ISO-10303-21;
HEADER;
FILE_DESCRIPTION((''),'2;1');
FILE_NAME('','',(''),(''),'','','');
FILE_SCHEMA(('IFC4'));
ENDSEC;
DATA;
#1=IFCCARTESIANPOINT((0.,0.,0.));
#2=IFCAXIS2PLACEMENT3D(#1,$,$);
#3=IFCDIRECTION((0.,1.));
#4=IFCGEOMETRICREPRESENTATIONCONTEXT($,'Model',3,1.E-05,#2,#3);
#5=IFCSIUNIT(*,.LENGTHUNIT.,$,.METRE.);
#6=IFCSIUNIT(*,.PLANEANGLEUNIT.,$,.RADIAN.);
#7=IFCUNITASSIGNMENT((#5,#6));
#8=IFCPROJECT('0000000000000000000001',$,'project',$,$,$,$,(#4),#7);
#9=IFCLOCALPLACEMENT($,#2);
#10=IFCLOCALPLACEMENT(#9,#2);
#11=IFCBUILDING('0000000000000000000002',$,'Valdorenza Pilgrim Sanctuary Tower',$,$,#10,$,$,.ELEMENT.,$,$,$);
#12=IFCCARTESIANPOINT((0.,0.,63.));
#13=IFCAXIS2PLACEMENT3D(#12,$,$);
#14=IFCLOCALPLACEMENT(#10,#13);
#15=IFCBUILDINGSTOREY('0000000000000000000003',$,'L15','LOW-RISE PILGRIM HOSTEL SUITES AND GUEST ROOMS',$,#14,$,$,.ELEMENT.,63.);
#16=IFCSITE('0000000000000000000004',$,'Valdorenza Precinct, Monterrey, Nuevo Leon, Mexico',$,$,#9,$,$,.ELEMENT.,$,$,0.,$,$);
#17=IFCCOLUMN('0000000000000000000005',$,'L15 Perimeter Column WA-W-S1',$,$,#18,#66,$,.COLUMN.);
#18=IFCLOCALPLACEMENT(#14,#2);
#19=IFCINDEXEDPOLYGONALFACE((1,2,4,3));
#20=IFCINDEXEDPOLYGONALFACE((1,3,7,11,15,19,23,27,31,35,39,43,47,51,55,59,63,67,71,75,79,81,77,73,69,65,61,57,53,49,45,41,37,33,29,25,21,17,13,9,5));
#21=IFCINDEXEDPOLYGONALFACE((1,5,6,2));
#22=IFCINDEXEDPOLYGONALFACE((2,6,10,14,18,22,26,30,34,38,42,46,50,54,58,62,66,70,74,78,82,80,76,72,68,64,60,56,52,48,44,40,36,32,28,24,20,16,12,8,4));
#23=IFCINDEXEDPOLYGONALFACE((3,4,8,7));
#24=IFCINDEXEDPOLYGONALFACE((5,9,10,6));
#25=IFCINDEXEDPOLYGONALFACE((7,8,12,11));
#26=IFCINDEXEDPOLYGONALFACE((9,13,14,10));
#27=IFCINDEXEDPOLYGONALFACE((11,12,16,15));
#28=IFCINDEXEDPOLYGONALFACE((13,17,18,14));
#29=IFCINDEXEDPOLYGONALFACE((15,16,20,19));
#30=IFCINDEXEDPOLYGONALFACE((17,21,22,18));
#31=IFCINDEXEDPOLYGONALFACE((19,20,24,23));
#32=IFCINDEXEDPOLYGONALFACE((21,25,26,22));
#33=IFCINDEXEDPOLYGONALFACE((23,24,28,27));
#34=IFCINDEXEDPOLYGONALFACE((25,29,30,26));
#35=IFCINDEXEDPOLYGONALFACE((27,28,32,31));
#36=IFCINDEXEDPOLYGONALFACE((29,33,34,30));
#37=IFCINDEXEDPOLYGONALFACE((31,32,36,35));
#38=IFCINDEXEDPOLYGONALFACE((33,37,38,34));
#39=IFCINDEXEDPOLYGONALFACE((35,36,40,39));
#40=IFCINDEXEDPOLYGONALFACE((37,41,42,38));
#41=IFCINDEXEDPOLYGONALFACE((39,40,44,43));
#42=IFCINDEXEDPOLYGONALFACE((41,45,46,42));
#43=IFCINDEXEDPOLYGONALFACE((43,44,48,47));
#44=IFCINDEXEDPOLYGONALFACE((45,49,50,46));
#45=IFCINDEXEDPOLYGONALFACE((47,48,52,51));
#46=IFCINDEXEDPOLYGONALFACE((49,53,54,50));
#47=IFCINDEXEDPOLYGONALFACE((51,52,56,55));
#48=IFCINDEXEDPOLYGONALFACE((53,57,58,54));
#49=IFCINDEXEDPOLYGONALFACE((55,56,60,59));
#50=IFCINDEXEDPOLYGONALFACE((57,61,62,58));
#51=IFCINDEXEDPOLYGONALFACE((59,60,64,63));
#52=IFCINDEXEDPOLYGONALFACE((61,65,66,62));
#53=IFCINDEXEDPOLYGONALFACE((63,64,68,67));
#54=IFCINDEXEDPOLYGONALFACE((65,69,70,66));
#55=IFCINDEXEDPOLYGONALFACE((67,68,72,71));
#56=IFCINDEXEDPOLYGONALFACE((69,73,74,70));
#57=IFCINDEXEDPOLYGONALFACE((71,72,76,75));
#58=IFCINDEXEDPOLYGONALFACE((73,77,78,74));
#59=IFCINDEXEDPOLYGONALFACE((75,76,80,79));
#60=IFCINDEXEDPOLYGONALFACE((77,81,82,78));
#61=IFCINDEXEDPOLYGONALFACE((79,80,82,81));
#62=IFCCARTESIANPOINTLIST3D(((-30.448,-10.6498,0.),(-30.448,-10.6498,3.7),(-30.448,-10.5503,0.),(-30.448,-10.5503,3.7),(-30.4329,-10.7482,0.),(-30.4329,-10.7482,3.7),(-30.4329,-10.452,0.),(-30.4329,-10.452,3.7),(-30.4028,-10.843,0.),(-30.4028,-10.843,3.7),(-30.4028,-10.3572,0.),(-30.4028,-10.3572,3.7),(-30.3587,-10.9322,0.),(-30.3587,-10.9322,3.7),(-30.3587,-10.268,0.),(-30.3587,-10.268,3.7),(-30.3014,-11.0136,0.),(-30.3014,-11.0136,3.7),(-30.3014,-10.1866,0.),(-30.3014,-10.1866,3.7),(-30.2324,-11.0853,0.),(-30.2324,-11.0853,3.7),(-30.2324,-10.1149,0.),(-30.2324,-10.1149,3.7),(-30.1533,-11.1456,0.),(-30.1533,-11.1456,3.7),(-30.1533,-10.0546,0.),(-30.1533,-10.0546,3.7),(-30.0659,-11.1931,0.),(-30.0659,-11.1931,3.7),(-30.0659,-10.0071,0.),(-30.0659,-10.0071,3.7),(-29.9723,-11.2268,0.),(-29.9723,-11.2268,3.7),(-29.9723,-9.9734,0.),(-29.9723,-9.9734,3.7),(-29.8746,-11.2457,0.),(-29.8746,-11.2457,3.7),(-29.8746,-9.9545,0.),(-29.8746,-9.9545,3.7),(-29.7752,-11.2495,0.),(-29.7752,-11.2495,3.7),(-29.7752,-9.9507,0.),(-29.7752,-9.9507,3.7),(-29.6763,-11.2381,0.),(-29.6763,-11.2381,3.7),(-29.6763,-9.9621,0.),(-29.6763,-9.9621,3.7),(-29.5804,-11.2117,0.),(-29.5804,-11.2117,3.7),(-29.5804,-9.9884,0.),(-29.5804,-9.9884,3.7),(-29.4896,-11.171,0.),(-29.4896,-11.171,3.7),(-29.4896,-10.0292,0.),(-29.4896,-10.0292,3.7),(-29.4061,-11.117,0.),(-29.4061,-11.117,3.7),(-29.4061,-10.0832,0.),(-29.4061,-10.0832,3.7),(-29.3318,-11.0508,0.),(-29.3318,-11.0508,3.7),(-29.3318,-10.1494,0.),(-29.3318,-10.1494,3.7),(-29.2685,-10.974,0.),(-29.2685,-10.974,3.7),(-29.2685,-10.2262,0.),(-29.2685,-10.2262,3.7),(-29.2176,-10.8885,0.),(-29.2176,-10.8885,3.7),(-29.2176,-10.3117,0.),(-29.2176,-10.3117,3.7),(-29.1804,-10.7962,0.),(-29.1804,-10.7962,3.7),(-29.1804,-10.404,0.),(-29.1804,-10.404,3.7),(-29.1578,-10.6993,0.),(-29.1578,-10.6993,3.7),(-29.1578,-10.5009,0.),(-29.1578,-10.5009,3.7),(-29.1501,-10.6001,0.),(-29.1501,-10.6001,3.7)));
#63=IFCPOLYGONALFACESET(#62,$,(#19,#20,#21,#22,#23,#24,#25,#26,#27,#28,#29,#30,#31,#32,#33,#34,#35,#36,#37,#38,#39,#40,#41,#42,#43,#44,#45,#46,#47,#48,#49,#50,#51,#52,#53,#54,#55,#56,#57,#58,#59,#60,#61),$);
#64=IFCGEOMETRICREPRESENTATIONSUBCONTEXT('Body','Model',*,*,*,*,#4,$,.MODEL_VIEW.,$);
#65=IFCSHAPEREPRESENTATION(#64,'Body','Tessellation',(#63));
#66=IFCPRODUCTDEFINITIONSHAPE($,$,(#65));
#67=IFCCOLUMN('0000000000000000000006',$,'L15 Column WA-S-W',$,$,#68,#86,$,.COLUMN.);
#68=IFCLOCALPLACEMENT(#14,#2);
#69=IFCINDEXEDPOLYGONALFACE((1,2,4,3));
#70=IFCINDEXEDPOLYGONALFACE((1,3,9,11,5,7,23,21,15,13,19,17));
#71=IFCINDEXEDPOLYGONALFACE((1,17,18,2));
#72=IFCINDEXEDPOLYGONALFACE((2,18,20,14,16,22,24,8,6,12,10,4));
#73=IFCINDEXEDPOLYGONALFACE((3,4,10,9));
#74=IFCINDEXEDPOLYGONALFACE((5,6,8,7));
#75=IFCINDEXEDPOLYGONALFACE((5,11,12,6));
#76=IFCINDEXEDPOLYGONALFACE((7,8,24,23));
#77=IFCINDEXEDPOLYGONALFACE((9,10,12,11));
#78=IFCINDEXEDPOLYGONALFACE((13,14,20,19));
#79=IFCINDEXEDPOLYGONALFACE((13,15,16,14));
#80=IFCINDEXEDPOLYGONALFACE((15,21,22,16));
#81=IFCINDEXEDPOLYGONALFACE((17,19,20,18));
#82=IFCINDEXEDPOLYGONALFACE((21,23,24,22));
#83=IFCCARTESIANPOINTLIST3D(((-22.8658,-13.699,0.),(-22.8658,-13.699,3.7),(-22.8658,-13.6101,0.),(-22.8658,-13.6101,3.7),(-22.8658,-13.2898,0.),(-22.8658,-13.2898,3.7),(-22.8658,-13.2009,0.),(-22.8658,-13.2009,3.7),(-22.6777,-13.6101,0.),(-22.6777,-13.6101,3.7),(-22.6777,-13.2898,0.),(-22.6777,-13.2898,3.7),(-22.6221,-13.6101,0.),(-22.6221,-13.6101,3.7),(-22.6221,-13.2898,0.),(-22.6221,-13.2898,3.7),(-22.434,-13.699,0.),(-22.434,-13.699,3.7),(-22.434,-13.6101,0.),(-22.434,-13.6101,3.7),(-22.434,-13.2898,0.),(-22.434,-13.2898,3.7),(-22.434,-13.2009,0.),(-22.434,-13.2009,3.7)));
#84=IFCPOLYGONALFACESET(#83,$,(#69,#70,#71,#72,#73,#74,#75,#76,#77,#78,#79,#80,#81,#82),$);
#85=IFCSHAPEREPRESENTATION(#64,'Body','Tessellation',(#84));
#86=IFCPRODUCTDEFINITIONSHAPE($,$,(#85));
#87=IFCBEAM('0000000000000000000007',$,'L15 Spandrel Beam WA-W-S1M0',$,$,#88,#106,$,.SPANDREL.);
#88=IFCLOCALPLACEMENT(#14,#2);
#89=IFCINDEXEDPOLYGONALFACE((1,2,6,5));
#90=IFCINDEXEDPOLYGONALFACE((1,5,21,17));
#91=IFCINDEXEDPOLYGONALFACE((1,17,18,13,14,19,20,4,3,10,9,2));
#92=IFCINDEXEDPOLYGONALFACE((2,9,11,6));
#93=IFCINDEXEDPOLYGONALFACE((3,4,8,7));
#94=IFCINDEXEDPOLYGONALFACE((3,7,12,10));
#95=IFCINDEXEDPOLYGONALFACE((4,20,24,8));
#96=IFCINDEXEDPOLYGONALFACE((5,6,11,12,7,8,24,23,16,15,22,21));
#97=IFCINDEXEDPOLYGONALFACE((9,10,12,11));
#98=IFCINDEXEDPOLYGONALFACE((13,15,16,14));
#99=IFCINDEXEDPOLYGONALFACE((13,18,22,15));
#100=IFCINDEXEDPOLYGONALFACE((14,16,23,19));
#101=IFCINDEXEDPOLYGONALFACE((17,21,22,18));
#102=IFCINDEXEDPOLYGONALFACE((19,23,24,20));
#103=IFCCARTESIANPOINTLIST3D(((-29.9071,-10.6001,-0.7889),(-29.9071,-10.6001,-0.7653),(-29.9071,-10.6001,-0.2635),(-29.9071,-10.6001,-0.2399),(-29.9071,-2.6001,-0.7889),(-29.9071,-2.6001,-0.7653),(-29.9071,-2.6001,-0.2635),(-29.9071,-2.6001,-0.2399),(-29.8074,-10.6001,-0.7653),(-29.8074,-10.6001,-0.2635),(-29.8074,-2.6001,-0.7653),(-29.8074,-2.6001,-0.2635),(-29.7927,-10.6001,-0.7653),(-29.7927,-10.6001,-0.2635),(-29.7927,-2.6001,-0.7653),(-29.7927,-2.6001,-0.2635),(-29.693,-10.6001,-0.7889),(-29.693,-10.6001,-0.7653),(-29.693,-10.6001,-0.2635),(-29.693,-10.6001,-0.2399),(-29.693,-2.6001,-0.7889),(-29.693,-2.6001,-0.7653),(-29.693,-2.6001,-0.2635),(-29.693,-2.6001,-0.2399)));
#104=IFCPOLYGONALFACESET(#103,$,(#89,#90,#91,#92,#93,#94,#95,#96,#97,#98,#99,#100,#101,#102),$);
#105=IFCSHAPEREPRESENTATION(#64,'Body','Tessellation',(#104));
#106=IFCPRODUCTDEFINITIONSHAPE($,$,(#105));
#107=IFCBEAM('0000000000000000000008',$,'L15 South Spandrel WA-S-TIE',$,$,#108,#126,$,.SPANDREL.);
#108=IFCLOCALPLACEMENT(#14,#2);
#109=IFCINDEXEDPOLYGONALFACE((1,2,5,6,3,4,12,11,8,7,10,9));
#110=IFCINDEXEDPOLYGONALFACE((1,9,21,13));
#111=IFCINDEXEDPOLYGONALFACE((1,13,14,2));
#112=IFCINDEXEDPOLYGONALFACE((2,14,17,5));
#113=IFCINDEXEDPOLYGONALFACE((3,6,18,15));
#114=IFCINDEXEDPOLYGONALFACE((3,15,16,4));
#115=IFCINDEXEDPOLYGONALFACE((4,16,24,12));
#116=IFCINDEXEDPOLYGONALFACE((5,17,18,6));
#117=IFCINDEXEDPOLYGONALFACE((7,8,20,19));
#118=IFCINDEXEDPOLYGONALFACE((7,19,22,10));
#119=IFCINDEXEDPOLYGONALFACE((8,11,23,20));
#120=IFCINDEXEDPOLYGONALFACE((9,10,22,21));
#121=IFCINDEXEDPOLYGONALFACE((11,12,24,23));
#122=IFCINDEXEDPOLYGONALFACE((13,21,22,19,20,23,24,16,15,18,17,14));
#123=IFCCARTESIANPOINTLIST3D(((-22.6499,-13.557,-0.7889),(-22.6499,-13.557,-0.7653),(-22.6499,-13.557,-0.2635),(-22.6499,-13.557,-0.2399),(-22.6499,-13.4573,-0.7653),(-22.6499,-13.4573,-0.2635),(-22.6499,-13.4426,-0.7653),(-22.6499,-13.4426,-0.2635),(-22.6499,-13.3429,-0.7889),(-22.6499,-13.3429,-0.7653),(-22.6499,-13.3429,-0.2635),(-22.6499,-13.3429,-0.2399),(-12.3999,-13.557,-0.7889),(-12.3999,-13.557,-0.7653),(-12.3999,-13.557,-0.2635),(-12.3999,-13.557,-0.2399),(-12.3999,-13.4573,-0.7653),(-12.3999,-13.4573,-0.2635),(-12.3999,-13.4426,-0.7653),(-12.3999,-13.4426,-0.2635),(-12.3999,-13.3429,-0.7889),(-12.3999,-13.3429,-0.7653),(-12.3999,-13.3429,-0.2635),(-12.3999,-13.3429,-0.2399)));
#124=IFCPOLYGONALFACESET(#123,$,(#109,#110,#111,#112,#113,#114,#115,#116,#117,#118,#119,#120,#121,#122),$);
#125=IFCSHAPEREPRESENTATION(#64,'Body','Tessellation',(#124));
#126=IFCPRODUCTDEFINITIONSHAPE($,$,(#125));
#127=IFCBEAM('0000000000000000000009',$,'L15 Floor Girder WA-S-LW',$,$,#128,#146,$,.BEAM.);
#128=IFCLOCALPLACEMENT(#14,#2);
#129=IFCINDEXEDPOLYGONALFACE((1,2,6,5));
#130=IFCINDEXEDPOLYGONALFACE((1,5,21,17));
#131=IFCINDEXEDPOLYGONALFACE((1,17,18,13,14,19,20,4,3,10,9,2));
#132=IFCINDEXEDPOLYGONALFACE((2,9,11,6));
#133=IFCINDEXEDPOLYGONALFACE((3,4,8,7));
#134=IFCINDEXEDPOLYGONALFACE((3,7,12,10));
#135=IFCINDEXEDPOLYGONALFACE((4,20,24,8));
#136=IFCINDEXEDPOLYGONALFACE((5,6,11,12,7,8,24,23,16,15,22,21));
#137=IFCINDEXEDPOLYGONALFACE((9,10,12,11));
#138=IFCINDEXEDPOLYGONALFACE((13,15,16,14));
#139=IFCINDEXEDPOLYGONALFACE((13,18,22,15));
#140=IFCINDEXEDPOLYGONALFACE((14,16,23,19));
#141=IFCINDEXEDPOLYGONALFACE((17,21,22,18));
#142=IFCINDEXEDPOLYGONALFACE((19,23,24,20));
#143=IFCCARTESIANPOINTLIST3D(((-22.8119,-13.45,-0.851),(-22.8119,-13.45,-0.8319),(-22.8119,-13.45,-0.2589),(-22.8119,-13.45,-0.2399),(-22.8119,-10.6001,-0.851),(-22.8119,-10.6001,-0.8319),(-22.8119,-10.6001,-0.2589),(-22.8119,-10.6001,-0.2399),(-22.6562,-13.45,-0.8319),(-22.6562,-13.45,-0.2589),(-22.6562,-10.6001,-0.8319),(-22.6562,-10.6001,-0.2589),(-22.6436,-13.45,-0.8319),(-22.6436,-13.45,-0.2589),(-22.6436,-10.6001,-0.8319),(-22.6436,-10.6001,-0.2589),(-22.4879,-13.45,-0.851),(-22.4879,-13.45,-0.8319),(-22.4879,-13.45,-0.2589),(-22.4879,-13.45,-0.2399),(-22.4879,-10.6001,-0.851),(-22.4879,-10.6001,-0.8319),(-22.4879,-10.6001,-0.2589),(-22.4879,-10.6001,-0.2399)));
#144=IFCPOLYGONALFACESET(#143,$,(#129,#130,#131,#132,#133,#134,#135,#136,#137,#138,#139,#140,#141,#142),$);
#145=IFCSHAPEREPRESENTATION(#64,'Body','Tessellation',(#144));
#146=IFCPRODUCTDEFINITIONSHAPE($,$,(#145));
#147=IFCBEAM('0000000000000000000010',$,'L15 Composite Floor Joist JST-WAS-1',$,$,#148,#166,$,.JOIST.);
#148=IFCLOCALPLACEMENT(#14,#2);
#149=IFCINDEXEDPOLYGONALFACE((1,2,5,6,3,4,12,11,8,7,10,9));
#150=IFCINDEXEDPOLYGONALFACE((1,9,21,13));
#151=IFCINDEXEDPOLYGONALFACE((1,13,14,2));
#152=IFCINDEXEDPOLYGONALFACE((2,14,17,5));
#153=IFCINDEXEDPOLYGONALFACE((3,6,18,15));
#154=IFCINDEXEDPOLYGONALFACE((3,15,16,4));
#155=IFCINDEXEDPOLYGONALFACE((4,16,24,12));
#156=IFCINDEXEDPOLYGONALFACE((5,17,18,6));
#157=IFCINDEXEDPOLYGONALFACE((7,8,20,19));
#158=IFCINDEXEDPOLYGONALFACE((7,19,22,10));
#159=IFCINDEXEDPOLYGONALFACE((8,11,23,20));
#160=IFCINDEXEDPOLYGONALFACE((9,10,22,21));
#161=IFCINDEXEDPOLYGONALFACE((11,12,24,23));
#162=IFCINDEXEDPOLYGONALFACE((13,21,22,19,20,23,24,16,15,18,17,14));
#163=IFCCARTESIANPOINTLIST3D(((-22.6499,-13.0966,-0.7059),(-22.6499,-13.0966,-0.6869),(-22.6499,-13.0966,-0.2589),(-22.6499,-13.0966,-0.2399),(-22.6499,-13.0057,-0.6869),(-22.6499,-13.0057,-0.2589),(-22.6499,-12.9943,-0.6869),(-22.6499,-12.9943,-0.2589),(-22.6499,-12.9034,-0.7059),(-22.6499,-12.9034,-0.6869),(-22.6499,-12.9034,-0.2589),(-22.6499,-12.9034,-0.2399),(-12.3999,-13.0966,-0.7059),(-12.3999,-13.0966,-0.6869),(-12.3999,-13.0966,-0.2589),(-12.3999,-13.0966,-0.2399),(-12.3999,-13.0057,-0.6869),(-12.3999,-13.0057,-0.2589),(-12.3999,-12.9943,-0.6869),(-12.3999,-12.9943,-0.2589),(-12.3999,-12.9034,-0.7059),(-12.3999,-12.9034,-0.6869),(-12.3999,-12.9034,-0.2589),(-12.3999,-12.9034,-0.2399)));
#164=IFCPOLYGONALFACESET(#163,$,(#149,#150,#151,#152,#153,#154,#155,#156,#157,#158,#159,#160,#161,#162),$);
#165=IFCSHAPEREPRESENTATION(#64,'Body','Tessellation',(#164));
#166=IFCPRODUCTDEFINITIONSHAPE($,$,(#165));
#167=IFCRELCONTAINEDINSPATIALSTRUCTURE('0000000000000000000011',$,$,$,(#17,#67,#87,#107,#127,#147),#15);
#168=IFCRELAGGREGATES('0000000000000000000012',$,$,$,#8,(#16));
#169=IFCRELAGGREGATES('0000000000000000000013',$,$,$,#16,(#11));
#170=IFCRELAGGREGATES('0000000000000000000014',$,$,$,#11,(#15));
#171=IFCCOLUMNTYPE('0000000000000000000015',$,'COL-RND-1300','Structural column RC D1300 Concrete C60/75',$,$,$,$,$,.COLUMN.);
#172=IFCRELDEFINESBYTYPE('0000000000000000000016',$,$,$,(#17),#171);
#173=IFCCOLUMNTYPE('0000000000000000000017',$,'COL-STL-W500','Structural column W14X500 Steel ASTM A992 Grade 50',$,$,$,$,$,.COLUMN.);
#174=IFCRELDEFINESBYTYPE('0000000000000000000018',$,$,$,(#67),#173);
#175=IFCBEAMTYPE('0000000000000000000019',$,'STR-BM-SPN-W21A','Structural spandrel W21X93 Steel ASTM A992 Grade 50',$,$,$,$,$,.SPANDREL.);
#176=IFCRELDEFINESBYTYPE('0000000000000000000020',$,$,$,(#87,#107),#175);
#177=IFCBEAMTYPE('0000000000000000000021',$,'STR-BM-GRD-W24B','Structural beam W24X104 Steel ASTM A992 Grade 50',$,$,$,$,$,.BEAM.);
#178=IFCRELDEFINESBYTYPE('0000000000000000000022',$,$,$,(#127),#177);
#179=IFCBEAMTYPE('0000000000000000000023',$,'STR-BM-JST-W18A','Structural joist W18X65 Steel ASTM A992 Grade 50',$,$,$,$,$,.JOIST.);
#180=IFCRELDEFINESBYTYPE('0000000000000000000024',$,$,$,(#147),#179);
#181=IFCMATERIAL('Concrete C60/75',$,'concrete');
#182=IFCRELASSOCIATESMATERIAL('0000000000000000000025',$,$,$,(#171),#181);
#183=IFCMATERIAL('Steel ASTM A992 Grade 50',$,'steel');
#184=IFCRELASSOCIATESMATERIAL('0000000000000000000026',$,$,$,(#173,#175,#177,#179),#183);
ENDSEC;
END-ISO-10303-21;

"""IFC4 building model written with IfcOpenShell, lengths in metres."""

from ifc_helpers import new_model, si_unit, direction, frame, origin, origin_2d, place, context, subcontext, project, spatial, circle, i_section, extrude, source, transform, mapped, material, material_profile, profile_set, type_object, element, save


model = new_model("IFC4")

# Units and contexts
model_context = context("Model", 3, precision=1e-05, world=origin(), true_north=direction((0.0, 1.0)))
body_context = subcontext(model_context, "Body", "Model", "MODEL_VIEW")
ifc_project = project(units=[si_unit("LENGTHUNIT", "METRE"), si_unit("PLANEANGLEUNIT", "RADIAN")], contexts=[model_context])

# Site, building, storey
site_placement = place(None, origin())
site = spatial("IfcSite", under=ifc_project, at=site_placement, Name="Valdorenza Precinct, Monterrey, Nuevo Leon, Mexico", CompositionType="ELEMENT", RefElevation=0.0)
building_placement = place(site_placement, origin())
building = spatial("IfcBuilding", under=site, at=building_placement, Name="Valdorenza Pilgrim Sanctuary Tower", CompositionType="ELEMENT")
storey_placement = place(building_placement, frame((0.0, 0.0, 63.0)))
storey = spatial("IfcBuildingStorey", under=building, at=storey_placement, Name="L15", Description="LOW-RISE PILGRIM HOSTEL SUITES AND GUEST ROOMS", CompositionType="ELEMENT", Elevation=63.0)

# Columns
ifc_material_1 = material(Name="Concrete C60/75", Category="concrete")
ifc_material_profile_1 = material_profile(ifc_material_1, circle(Radius=0.6499, at=origin_2d()), Name="RC D1300")
ifc_profile_set_1 = profile_set([ifc_material_profile_1], Name="Concrete C60/75")
column_type_1 = type_object("IfcColumnType", Name="COL-RND-1300", Description="Structural column RC D1300 Concrete C60/75", PredefinedType="COLUMN", material=ifc_profile_set_1)
shared_shape_1 = source(origin(), body_context, "Body", "SweptSolid", [
    extrude(circle(Radius=0.6499, at=origin_2d()), origin(), (0.0, 0.0, 1.0), 3.7),
])
column_1_placement = place(storey_placement, frame((-29.8, -10.6001, 0.0), z_axis=(0.0, 0.0, 1.0), x_axis=(1.0, 0.0, 0.0)))
element("IfcColumn", 1, at=column_1_placement, inside=storey, type_object=column_type_1, Name="L15 Perimeter Column WA-W-S1", PredefinedType="COLUMN", context=body_context, shape_type="MappedRepresentation", body=[
    mapped(shared_shape_1, transform((0.0, 0.0, 0.0), x_axis=(1.0, 0.0, 0.0), y_axis=(0.0, 1.0, 0.0), z_axis=(0.0, 0.0, 1.0), scale=1.0)),
])
ifc_material_2 = material(Name="Steel ASTM A992 Grade 50", Category="steel")
ifc_material_profile_2 = material_profile(ifc_material_2, i_section(OverallWidth=0.4319, OverallDepth=0.498, WebThickness=0.0557, FlangeThickness=0.0889, at=origin_2d()), Name="W14X500")
ifc_profile_set_2 = profile_set([ifc_material_profile_2], Name="Steel ASTM A992 Grade 50")
column_type_2 = type_object("IfcColumnType", Name="COL-STL-W500", Description="Structural column W14X500 Steel ASTM A992 Grade 50", PredefinedType="COLUMN", material=ifc_profile_set_2)
shared_shape_2 = source(origin(), body_context, "Body", "SweptSolid", [
    extrude(i_section(OverallWidth=0.4319, OverallDepth=0.498, WebThickness=0.0557, FlangeThickness=0.0889, at=origin_2d()), origin(), (0.0, 0.0, 1.0), 3.7),
])
column_2_placement = place(storey_placement, frame((-22.6499, -13.45, 0.0), z_axis=(0.0, 0.0, 1.0), x_axis=(1.0, 0.0, 0.0)))
element("IfcColumn", 2, at=column_2_placement, inside=storey, type_object=column_type_2, Name="L15 Column WA-S-W", PredefinedType="COLUMN", context=body_context, shape_type="MappedRepresentation", body=[
    mapped(shared_shape_2, transform((0.0, 0.0, 0.0), x_axis=(1.0, 0.0, 0.0), y_axis=(0.0, 1.0, 0.0), z_axis=(0.0, 0.0, 1.0), scale=1.0)),
])

# Beams
ifc_material_profile_3 = material_profile(ifc_material_2, i_section(OverallWidth=0.2141, OverallDepth=0.5491, WebThickness=0.0146, FlangeThickness=0.0237, at=origin_2d()), Name="W21X93")
ifc_profile_set_3 = profile_set([ifc_material_profile_3], Name="Steel ASTM A992 Grade 50")
beam_type_1 = type_object("IfcBeamType", Name="STR-BM-SPN-W21A", Description="Structural spandrel W21X93 Steel ASTM A992 Grade 50", PredefinedType="SPANDREL", material=ifc_profile_set_3)
shared_shape_3 = source(origin(), body_context, "Body", "SweptSolid", [
    extrude(i_section(OverallWidth=0.2141, OverallDepth=0.5491, WebThickness=0.0146, FlangeThickness=0.0237, at=origin_2d()), origin(), (0.0, 0.0, 1.0), 8.0),
])
beam_1_placement = place(storey_placement, frame((-29.8, -10.6001, -0.5144), z_axis=(0.0, 1.0, 0.0), x_axis=(-1.0, 0.0, 0.0)))
element("IfcBeam", 3, at=beam_1_placement, inside=storey, type_object=beam_type_1, Name="L15 Spandrel Beam WA-W-S1M0", PredefinedType="SPANDREL", context=body_context, shape_type="MappedRepresentation", body=[
    mapped(shared_shape_3, transform((0.0, 0.0, 0.0), x_axis=(1.0, 0.0, 0.0), y_axis=(0.0, 1.0, 0.0), z_axis=(0.0, 0.0, 1.0), scale=1.0)),
])
shared_shape_4 = source(origin(), body_context, "Body", "SweptSolid", [
    extrude(i_section(OverallWidth=0.2141, OverallDepth=0.5491, WebThickness=0.0146, FlangeThickness=0.0237, at=origin_2d()), origin(), (0.0, 0.0, 1.0), 10.25),
])
beam_2_placement = place(storey_placement, frame((-22.6499, -13.45, -0.5144), z_axis=(1.0, 0.0, 0.0), x_axis=(0.0, 1.0, 0.0)))
element("IfcBeam", 4, at=beam_2_placement, inside=storey, type_object=beam_type_1, Name="L15 South Spandrel WA-S-TIE", PredefinedType="SPANDREL", context=body_context, shape_type="MappedRepresentation", body=[
    mapped(shared_shape_4, transform((0.0, 0.0, 0.0), x_axis=(1.0, 0.0, 0.0), y_axis=(0.0, 1.0, 0.0), z_axis=(0.0, 0.0, 1.0), scale=1.0)),
])
ifc_material_profile_4 = material_profile(ifc_material_2, i_section(OverallWidth=0.324, OverallDepth=0.6111, WebThickness=0.0127, FlangeThickness=0.019, at=origin_2d()), Name="W24X104")
ifc_profile_set_4 = profile_set([ifc_material_profile_4], Name="Steel ASTM A992 Grade 50")
beam_type_2 = type_object("IfcBeamType", Name="STR-BM-GRD-W24B", Description="Structural beam W24X104 Steel ASTM A992 Grade 50", PredefinedType="BEAM", material=ifc_profile_set_4)
shared_shape_5 = source(origin(), body_context, "Body", "SweptSolid", [
    extrude(i_section(OverallWidth=0.324, OverallDepth=0.6111, WebThickness=0.0127, FlangeThickness=0.019, at=origin_2d()), origin(), (0.0, 0.0, 1.0), 2.8499),
])
beam_3_placement = place(storey_placement, frame((-22.6499, -13.45, -0.5454), z_axis=(0.0, 1.0, 0.0), x_axis=(-1.0, 0.0, 0.0)))
element("IfcBeam", 5, at=beam_3_placement, inside=storey, type_object=beam_type_2, Name="L15 Floor Girder WA-S-LW", PredefinedType="BEAM", context=body_context, shape_type="MappedRepresentation", body=[
    mapped(shared_shape_5, transform((0.0, 0.0, 0.0), x_axis=(1.0, 0.0, 0.0), y_axis=(0.0, 1.0, 0.0), z_axis=(0.0, 0.0, 1.0), scale=1.0)),
])
ifc_material_profile_5 = material_profile(ifc_material_2, i_section(OverallWidth=0.1931, OverallDepth=0.4661, WebThickness=0.0115, FlangeThickness=0.019, at=origin_2d()), Name="W18X65")
ifc_profile_set_5 = profile_set([ifc_material_profile_5], Name="Steel ASTM A992 Grade 50")
beam_type_3 = type_object("IfcBeamType", Name="STR-BM-JST-W18A", Description="Structural joist W18X65 Steel ASTM A992 Grade 50", PredefinedType="JOIST", material=ifc_profile_set_5)
shared_shape_6 = source(origin(), body_context, "Body", "SweptSolid", [
    extrude(i_section(OverallWidth=0.1931, OverallDepth=0.4661, WebThickness=0.0115, FlangeThickness=0.019, at=origin_2d()), origin(), (0.0, 0.0, 1.0), 10.25),
])
for number, where, z_axis, x_axis, name in (
    (6, (-22.6499, -13.0, -0.4729), (1.0, 0.0, 0.0), (0.0, 1.0, 0.0), "L15 Composite Floor Joist JST-WAS-1"),
):
    element("IfcBeam", number, at=place(storey_placement, frame(where, z_axis=z_axis, x_axis=x_axis)), inside=storey, type_object=beam_type_3, Name=name, PredefinedType="JOIST", context=body_context, shape_type="MappedRepresentation", body=[
        mapped(shared_shape_6, transform((0.0, 0.0, 0.0), x_axis=(1.0, 0.0, 0.0), y_axis=(0.0, 1.0, 0.0), z_axis=(0.0, 0.0, 1.0), scale=1.0)),
    ])

save(model, "model.ifc")
